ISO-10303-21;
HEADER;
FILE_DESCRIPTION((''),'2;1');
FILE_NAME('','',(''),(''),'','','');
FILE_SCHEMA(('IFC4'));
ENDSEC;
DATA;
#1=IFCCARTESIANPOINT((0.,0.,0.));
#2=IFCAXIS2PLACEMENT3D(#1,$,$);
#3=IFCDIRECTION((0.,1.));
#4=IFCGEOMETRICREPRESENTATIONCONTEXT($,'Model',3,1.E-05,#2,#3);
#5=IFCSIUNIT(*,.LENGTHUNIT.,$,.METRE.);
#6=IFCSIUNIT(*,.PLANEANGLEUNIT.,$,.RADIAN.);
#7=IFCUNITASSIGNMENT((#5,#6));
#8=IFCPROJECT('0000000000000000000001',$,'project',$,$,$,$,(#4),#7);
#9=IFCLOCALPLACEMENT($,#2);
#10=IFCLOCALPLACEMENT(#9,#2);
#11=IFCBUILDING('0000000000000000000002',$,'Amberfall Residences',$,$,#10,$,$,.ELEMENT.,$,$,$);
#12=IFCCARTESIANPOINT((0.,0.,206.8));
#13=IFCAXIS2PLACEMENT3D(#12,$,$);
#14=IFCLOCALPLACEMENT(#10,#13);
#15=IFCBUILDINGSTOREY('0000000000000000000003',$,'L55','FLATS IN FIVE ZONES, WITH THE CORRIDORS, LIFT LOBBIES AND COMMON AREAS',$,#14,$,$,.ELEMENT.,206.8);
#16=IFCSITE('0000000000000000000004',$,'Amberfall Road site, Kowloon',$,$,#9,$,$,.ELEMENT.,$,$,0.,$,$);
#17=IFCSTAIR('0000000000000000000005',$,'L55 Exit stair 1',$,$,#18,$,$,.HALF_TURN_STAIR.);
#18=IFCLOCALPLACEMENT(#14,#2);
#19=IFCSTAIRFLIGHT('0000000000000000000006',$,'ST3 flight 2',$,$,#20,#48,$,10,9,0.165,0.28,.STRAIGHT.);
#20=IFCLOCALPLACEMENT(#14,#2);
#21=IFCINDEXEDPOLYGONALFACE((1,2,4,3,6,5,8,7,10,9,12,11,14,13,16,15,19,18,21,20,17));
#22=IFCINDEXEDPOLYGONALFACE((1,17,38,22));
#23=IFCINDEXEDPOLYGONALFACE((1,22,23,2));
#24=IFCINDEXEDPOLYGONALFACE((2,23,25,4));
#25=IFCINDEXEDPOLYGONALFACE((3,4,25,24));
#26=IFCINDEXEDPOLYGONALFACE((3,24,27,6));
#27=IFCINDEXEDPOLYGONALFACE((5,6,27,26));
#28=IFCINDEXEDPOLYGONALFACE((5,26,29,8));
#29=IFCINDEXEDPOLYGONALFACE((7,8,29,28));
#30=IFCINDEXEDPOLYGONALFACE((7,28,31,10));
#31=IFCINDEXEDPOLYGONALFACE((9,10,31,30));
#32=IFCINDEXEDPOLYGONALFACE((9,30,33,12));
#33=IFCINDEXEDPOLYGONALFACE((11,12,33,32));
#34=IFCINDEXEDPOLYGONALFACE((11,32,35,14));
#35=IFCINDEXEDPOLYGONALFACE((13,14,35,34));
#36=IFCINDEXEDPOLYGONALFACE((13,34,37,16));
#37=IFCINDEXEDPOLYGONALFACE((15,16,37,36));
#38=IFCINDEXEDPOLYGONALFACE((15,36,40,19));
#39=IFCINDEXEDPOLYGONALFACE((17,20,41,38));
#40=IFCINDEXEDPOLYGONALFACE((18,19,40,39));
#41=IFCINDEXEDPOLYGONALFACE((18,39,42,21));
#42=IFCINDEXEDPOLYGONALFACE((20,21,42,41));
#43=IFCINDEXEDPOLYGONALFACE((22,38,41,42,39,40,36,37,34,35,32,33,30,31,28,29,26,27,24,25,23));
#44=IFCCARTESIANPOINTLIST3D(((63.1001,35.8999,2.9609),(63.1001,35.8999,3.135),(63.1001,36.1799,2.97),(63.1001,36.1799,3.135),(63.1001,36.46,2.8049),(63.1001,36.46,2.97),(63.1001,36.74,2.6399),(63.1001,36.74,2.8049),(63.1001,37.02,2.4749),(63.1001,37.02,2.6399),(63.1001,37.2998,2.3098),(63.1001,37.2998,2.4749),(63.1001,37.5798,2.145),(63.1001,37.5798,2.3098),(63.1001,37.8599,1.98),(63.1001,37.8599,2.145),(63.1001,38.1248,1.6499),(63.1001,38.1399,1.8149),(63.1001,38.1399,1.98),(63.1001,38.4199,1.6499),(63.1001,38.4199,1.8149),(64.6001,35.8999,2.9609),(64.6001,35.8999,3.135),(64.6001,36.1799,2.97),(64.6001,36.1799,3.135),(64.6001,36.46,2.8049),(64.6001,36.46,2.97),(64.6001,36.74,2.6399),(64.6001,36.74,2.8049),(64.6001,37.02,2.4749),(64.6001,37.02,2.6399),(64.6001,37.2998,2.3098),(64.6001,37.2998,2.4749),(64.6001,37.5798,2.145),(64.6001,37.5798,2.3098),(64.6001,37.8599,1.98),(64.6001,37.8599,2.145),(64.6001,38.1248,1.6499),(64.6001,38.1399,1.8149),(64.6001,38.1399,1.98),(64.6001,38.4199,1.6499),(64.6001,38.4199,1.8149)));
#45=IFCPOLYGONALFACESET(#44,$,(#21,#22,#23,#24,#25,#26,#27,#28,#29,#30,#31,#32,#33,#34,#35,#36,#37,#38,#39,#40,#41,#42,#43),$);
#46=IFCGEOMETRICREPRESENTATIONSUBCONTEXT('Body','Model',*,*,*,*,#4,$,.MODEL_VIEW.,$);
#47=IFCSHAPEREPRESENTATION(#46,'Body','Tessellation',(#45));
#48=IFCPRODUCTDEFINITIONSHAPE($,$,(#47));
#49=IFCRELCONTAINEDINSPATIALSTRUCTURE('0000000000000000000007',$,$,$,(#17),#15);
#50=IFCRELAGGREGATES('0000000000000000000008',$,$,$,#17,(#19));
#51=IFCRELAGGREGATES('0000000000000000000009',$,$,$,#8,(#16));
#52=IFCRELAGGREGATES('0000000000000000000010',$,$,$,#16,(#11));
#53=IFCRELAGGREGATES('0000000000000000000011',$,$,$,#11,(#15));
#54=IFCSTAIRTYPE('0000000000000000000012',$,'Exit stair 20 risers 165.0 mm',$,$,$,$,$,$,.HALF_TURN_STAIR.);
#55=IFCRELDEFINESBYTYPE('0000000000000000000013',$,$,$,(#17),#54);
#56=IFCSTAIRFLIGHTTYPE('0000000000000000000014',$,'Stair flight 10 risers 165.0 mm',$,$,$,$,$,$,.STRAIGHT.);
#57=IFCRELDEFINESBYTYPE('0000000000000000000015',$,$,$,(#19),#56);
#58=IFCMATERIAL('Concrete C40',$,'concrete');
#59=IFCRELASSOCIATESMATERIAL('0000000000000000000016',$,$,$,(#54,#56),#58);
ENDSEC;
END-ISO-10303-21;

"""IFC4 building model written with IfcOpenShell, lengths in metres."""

from ifc_helpers import new_model, si_unit, direction, frame, origin, place, context, subcontext, project, spatial, polyline, outline, extrude, material, type_object, element, aggregate, save


model = new_model("IFC4")

# Units and contexts
model_context = context("Model", 3, precision=1e-05, world=origin(), true_north=direction((0.0, 1.0)))
body_context = subcontext(model_context, "Body", "Model", "MODEL_VIEW")
ifc_project = project(units=[si_unit("LENGTHUNIT", "METRE"), si_unit("PLANEANGLEUNIT", "RADIAN")], contexts=[model_context])

# Site, building, storey
site_placement = place(None, origin())
site = spatial("IfcSite", under=ifc_project, at=site_placement, Name="Amberfall Road site, Kowloon", CompositionType="ELEMENT", RefElevation=0.0)
building_placement = place(site_placement, origin())
building = spatial("IfcBuilding", under=site, at=building_placement, Name="Amberfall Residences", CompositionType="ELEMENT")
storey_placement = place(building_placement, frame((0.0, 0.0, 206.8)))
storey = spatial("IfcBuildingStorey", under=building, at=storey_placement, Name="L55", Description="FLATS IN FIVE ZONES, WITH THE CORRIDORS, LIFT LOBBIES AND COMMON AREAS", CompositionType="ELEMENT", Elevation=206.8)

# Stair, stair flight
ifc_material_1 = material(Name="Concrete C40", Category="concrete")
stair_type = type_object("IfcStairType", Name="Exit stair 20 risers 165.0 mm", PredefinedType="HALF_TURN_STAIR", material=ifc_material_1)
stair_placement = place(storey_placement, origin())
stair = element("IfcStair", 1, at=stair_placement, inside=storey, type_object=stair_type, Name="L55 Exit stair 1", PredefinedType="HALF_TURN_STAIR")
stair_flight_type = type_object("IfcStairFlightType", Name="Stair flight 10 risers 165.0 mm", PredefinedType="STRAIGHT", material=ifc_material_1)
stair_flight_1_placement = place(storey_placement, frame((63.8501, 38.4199, 1.6499), z_axis=(0.0, 0.0, 1.0), x_axis=(0.0, -1.0, 0.0)))
stair_flight_1 = element("IfcStairFlight", 2, at=stair_flight_1_placement, type_object=stair_flight_type, Name="ST3 flight 2", NumberOfRisers=10, NumberOfTreads=9, PredefinedType="STRAIGHT", RiserHeight=0.165, TreadLength=0.28, context=body_context, shape_type="SweptSolid", body=[
    extrude(outline(polyline([(0.0, 0.0), (0.0, 0.165), (0.28, 0.165), (0.28, 0.3301), (0.5601, 0.3301), (0.5601, 0.4951), (0.8401, 0.4951), (0.8401, 0.6599), (1.1201, 0.6599), (1.1201, 0.825), (1.3999, 0.825), (1.3999, 0.99), (1.6799, 0.99), (1.6799, 1.155), (1.96, 1.155), (1.96, 1.3201), (2.24, 1.3201), (2.24, 1.4851), (2.52, 1.4851), (2.52, 1.6499), (2.52, 1.311), (0.2952, 0.0), (0.0, 0.0)])), frame((0.0, 0.75, 0.0), z_axis=(0.0, -1.0, 0.0), x_axis=(1.0, 0.0, 0.0)), (0.0, 0.0, 1.0), 1.5),
])
aggregate(stair, [stair_flight_1])

save(model, "model.ifc")
